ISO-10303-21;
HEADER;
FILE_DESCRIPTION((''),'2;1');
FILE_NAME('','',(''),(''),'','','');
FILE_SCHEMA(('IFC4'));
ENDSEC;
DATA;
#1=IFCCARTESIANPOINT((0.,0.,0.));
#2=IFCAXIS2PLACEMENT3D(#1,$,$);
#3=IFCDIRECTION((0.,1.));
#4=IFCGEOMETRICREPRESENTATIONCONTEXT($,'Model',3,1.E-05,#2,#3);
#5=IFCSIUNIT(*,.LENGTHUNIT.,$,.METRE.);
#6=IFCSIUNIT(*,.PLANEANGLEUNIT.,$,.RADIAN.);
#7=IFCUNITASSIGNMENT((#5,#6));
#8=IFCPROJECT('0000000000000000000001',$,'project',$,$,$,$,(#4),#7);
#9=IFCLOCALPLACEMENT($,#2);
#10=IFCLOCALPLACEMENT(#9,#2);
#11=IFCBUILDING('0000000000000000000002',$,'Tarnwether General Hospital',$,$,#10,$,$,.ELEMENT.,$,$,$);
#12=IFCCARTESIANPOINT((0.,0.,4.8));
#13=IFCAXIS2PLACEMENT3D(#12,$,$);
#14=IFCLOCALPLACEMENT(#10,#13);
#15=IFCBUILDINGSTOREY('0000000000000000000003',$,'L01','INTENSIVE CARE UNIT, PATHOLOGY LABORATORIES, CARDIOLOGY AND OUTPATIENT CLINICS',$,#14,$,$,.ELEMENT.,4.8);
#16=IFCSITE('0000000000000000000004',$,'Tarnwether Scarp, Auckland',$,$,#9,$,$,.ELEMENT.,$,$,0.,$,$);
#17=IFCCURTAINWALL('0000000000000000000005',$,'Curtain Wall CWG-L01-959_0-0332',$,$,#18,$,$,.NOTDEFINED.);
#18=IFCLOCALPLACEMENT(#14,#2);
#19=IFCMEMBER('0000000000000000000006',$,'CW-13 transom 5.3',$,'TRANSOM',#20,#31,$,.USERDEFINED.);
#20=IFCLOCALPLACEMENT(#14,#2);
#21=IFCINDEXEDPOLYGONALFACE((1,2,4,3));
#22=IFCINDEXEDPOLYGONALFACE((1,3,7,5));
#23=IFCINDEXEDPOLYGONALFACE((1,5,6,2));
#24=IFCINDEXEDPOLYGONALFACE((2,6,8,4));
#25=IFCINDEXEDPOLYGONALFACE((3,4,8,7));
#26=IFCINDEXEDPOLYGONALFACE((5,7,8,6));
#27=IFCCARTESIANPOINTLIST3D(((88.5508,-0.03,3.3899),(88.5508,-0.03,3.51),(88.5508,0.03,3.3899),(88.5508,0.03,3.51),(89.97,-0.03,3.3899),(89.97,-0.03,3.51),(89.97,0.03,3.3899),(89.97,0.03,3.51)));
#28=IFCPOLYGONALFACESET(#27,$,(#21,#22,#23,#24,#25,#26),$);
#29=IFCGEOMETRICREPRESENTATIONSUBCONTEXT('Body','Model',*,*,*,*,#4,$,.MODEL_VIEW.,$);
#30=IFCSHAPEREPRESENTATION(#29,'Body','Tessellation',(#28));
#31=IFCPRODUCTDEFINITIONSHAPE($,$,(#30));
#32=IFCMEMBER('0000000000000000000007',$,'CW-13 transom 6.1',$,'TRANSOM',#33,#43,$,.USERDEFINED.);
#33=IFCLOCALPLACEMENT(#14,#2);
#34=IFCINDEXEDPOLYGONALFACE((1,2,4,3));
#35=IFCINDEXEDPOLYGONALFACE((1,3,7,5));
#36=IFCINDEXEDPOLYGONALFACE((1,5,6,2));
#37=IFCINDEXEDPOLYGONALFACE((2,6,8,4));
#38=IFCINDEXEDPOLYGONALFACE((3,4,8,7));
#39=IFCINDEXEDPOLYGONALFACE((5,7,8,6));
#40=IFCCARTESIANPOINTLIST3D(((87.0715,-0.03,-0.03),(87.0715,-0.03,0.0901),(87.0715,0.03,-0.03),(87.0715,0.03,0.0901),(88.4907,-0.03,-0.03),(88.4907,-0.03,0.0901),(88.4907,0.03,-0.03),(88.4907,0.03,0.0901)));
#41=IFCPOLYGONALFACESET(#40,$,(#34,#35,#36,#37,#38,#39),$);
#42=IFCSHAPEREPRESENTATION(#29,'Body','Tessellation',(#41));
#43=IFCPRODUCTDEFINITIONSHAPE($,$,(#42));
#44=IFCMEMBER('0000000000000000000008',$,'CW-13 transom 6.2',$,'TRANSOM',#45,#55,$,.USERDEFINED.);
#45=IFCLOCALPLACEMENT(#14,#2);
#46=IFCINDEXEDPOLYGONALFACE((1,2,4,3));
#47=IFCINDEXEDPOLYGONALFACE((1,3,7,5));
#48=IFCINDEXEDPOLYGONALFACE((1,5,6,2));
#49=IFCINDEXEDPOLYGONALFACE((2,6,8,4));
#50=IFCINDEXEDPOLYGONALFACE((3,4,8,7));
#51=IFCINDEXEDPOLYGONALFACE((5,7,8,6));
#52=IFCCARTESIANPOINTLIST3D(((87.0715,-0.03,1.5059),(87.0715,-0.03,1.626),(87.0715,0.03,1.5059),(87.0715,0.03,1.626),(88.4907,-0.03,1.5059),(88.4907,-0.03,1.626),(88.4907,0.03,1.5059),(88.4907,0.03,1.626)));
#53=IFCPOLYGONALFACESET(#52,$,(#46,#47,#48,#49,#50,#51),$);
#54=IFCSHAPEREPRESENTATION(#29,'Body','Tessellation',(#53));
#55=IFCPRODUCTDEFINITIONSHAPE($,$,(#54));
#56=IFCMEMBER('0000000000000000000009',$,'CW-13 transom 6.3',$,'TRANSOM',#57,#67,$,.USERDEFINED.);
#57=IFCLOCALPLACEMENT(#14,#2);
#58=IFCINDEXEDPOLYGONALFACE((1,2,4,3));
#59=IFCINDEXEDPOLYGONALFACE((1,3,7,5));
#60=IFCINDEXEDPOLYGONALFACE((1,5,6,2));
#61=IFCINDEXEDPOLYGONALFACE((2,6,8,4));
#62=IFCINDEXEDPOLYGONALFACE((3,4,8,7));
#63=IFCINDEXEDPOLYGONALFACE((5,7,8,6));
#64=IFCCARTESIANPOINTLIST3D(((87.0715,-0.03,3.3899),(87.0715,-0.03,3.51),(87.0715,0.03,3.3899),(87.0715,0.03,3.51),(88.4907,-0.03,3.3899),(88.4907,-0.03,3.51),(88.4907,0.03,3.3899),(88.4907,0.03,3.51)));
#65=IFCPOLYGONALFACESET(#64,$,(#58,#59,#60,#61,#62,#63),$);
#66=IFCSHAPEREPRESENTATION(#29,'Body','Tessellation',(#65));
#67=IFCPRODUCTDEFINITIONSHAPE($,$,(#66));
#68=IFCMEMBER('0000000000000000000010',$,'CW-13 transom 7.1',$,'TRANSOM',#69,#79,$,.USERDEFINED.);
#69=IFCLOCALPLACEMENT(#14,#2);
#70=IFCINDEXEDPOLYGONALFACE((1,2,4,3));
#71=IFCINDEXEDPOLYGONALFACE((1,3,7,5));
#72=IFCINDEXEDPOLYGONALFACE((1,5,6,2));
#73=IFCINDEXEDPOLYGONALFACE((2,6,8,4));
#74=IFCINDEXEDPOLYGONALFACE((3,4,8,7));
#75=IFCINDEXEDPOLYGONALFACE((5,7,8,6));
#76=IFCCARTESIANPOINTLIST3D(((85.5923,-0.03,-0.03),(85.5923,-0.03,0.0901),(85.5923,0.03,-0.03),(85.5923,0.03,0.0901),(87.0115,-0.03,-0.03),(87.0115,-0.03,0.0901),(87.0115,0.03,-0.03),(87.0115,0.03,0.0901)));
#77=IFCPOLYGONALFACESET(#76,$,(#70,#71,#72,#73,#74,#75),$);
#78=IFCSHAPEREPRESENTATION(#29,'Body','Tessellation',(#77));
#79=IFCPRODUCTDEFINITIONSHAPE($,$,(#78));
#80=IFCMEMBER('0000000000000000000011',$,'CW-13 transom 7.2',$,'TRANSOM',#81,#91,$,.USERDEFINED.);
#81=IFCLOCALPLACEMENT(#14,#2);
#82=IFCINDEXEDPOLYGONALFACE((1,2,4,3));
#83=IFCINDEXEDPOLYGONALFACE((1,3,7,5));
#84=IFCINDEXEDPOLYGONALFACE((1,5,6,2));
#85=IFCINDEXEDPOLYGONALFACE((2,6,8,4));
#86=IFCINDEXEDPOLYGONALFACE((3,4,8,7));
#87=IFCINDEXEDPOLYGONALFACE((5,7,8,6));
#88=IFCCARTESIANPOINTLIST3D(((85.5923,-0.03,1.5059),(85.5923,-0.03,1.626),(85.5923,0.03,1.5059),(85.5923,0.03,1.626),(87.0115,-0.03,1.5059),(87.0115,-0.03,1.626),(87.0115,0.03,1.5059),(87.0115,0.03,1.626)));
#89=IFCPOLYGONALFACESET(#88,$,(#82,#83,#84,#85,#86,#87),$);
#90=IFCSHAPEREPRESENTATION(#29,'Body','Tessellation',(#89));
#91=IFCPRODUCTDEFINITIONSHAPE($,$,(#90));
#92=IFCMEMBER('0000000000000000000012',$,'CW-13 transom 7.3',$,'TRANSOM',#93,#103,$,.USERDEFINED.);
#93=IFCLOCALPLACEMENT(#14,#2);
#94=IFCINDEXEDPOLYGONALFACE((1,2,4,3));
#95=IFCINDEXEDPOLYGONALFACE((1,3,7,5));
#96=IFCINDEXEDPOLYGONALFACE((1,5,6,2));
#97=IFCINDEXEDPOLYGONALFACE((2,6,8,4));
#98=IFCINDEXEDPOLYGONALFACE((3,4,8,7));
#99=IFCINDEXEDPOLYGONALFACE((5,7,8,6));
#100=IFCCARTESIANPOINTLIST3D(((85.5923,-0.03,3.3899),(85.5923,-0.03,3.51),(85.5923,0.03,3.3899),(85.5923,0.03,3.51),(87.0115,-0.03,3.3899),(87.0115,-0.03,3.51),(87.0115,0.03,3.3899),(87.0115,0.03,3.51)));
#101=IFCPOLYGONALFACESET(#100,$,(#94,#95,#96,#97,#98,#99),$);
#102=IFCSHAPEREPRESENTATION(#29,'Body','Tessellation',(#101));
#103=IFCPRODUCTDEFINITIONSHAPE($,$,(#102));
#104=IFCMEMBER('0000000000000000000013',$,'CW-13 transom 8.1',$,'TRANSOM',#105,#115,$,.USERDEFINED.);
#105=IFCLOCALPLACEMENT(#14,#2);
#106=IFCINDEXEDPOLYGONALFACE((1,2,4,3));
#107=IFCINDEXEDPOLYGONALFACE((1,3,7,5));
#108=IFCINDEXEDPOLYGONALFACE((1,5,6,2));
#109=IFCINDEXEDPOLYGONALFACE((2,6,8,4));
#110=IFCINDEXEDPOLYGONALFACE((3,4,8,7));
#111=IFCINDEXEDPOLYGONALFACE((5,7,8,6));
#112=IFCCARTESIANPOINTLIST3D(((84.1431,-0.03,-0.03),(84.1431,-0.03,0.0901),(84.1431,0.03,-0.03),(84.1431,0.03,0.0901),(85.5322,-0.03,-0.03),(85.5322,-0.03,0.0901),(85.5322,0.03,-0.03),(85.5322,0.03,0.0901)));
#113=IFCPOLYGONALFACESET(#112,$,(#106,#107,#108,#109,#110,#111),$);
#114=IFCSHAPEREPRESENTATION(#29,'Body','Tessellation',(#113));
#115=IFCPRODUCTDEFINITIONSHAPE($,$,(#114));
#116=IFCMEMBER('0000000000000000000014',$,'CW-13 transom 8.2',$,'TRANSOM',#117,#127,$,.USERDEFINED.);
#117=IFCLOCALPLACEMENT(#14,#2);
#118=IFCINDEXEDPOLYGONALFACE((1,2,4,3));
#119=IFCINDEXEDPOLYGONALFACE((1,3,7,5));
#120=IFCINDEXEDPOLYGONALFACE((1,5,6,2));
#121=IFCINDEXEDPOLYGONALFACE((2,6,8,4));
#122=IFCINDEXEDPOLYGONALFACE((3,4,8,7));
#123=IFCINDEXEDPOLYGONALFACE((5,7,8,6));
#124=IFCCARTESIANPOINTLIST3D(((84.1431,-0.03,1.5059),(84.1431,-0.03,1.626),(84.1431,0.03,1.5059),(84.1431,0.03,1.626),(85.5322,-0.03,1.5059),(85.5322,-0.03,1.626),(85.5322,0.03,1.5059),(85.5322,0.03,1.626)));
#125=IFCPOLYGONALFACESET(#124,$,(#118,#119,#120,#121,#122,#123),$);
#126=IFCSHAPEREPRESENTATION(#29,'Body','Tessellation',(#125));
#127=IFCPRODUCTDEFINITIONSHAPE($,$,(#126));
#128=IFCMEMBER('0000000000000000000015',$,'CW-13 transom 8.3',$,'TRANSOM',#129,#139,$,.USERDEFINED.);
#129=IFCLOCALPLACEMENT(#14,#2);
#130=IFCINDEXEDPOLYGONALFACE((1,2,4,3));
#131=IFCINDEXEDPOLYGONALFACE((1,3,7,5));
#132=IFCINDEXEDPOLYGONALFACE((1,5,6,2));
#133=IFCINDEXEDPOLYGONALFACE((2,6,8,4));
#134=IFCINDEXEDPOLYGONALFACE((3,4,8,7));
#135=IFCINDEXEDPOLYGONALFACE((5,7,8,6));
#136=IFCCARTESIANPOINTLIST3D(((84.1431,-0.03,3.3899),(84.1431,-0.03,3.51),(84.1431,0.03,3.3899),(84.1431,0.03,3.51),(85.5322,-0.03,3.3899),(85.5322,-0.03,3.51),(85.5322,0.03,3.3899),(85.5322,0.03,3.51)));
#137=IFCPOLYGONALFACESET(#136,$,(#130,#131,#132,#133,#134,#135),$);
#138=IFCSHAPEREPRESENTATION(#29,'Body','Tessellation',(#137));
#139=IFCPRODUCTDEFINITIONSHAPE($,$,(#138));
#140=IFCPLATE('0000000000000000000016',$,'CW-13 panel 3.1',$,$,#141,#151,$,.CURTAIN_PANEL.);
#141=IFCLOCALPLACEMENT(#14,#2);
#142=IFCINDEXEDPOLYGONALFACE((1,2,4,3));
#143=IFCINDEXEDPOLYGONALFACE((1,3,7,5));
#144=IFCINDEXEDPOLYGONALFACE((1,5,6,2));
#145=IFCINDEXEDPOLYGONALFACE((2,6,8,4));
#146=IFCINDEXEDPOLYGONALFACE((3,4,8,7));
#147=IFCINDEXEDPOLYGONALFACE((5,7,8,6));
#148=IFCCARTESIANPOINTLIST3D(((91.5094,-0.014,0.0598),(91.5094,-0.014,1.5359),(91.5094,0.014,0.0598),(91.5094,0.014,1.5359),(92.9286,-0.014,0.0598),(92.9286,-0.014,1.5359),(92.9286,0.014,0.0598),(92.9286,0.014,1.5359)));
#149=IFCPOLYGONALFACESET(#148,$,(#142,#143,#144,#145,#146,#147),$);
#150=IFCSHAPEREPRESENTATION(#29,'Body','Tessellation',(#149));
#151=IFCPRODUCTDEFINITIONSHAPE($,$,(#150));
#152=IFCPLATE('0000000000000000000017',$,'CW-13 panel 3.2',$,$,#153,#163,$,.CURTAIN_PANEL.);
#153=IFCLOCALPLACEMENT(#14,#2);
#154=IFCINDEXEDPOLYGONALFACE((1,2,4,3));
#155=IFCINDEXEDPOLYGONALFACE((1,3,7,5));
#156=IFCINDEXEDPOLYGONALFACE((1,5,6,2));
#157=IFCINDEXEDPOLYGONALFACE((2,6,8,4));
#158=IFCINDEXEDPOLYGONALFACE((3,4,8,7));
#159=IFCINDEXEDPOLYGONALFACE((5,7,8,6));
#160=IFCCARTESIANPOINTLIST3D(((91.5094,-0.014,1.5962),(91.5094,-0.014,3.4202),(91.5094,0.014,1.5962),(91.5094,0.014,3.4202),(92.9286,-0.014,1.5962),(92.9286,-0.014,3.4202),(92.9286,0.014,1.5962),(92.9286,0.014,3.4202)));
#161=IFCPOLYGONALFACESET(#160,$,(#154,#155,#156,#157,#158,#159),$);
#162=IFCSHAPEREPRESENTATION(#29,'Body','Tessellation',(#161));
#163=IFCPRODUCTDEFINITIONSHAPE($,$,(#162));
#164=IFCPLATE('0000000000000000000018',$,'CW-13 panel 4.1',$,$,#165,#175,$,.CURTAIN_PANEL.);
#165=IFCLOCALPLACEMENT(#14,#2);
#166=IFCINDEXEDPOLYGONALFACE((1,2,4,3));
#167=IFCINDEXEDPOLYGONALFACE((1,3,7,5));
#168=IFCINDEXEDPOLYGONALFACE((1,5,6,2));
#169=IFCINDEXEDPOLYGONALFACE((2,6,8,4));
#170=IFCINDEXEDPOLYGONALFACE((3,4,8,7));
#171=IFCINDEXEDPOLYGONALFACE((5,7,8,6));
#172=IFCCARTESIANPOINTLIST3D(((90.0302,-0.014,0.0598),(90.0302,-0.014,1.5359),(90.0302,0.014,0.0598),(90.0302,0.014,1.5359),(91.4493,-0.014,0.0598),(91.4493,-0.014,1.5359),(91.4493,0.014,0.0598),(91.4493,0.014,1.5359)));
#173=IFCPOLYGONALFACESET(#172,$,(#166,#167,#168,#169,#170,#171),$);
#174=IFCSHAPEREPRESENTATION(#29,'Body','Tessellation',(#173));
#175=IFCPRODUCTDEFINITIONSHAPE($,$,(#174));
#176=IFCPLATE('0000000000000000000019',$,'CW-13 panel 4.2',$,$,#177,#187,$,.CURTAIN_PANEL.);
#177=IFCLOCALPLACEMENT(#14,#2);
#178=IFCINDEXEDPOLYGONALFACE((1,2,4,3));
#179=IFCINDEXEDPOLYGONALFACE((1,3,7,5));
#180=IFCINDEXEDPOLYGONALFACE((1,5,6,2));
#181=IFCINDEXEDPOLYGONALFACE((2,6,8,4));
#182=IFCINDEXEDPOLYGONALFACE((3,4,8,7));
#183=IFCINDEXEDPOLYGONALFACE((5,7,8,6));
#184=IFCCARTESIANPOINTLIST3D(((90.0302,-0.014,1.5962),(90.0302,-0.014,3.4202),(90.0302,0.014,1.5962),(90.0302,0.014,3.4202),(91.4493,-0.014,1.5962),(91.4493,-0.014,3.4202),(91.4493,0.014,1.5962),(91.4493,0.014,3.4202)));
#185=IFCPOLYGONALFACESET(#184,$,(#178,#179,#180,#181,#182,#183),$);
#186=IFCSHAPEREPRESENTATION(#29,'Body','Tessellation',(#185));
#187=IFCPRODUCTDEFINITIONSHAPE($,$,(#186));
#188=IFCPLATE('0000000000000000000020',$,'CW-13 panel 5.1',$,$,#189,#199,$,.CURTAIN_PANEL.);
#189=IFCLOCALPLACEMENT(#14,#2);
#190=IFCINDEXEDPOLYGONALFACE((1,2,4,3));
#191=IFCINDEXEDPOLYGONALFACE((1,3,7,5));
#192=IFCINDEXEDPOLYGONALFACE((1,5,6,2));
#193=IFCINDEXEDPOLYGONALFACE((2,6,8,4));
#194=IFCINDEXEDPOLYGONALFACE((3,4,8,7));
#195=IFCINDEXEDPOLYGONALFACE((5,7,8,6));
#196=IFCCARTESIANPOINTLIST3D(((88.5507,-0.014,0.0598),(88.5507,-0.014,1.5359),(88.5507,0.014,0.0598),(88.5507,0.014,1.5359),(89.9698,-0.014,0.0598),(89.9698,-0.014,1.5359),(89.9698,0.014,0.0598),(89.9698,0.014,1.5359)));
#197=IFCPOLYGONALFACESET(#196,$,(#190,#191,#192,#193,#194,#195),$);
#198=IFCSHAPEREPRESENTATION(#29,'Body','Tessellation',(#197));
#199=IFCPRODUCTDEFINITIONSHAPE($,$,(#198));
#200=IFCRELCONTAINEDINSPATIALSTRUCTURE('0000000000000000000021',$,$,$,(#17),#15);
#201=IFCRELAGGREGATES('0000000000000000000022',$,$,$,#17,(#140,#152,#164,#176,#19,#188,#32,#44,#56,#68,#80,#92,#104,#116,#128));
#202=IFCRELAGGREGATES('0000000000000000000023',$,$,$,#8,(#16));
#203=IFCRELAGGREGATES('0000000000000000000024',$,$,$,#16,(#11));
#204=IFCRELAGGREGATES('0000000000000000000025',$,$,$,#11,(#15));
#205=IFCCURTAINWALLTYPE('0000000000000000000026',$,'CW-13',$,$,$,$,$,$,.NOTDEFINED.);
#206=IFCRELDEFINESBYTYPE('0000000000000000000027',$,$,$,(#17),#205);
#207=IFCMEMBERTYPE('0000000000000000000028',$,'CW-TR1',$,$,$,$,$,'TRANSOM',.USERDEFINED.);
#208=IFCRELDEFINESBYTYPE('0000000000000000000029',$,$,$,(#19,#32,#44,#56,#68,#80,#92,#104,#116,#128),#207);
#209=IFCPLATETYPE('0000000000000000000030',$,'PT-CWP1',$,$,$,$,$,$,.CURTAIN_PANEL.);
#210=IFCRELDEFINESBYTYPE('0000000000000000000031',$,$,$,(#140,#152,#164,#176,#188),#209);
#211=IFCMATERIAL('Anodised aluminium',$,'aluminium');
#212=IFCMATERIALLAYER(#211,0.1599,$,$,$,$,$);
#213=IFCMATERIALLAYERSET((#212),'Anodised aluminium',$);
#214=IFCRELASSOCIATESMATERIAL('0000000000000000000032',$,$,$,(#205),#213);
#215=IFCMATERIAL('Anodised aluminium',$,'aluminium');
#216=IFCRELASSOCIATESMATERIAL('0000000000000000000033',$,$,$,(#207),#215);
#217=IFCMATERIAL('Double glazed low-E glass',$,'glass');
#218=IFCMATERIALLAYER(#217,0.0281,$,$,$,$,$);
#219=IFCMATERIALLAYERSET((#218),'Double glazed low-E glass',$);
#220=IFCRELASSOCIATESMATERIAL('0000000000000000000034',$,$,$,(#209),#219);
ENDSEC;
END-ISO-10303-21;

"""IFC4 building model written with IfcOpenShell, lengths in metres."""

from ifc_helpers import new_model, si_unit, direction, frame, origin, origin_2d, place, context, subcontext, project, spatial, rectangle, extrude, material, layer, layer_set, material_profile, profile_set, type_object, element, aggregate, save


model = new_model("IFC4")

# Units and contexts
model_context = context("Model", 3, precision=1e-05, world=origin(), true_north=direction((0.0, 1.0)))
body_context = subcontext(model_context, "Body", "Model", "MODEL_VIEW")
ifc_project = project(units=[si_unit("LENGTHUNIT", "METRE"), si_unit("PLANEANGLEUNIT", "RADIAN")], contexts=[model_context])

# Site, building, storey
site_placement = place(None, origin())
site = spatial("IfcSite", under=ifc_project, at=site_placement, Name="Tarnwether Scarp, Auckland", CompositionType="ELEMENT", RefElevation=0.0)
building_placement = place(site_placement, origin())
building = spatial("IfcBuilding", under=site, at=building_placement, Name="Tarnwether General Hospital", CompositionType="ELEMENT")
storey_placement = place(building_placement, frame((0.0, 0.0, 4.8)))
storey = spatial("IfcBuildingStorey", under=building, at=storey_placement, Name="L01", Description="INTENSIVE CARE UNIT, PATHOLOGY LABORATORIES, CARDIOLOGY AND OUTPATIENT CLINICS", CompositionType="ELEMENT", Elevation=4.8)

# Curtain wall, members, plates
ifc_material_1 = material(Name="Anodised aluminium", Category="aluminium")
ifc_layer_1 = layer(ifc_material_1, 0.1599)
ifc_layer_set_1 = layer_set([ifc_layer_1], Name="Anodised aluminium")
curtain_wall_type = type_object("IfcCurtainWallType", Name="CW-13", PredefinedType="NOTDEFINED", material=ifc_layer_set_1)
curtain_wall_placement = place(storey_placement, origin())
curtain_wall = element("IfcCurtainWall", 1, at=curtain_wall_placement, inside=storey, type_object=curtain_wall_type, Name="Curtain Wall CWG-L01-959_0-0332", PredefinedType="NOTDEFINED")
ifc_material_2 = material(Name="Anodised aluminium", Category="aluminium")
ifc_material_profile_1 = material_profile(ifc_material_2, rectangle(XDim=0.0601, YDim=0.1201, at=origin_2d()), Name="ALU-TRN-60x120")
ifc_profile_set_1 = profile_set([ifc_material_profile_1], Name="Anodised aluminium")
member_type_1 = type_object("IfcMemberType", Name="CW-TR1", ElementType="TRANSOM", PredefinedType="USERDEFINED", material=ifc_profile_set_1)
member_1_placement = place(storey_placement, frame((89.97, 0.0, 3.45), z_axis=(-1.0, 0.0, 0.0), x_axis=(0.0, -1.0, 0.0)))
member_1 = element("IfcMember", 2, at=member_1_placement, type_object=member_type_1, Name="CW-13 transom 5.3", ObjectType="TRANSOM", PredefinedType="USERDEFINED", context=body_context, shape_type="SweptSolid", body=[
    extrude(rectangle(XDim=0.0601, YDim=0.1201, at=origin_2d()), origin(), (0.0, 0.0, 1.0), 1.4192),
])
member_2_placement = place(storey_placement, frame((88.4907, 0.0, 0.03), z_axis=(-1.0, 0.0, 0.0), x_axis=(0.0, -1.0, 0.0)))
member_2 = element("IfcMember", 3, at=member_2_placement, type_object=member_type_1, Name="CW-13 transom 6.1", ObjectType="TRANSOM", PredefinedType="USERDEFINED", context=body_context, shape_type="SweptSolid", body=[
    extrude(rectangle(XDim=0.0601, YDim=0.1201, at=origin_2d()), origin(), (0.0, 0.0, 1.0), 1.4192),
])
member_3_placement = place(storey_placement, frame((88.4907, 0.0, 1.5659), z_axis=(-1.0, 0.0, 0.0), x_axis=(0.0, -1.0, 0.0)))
member_3 = element("IfcMember", 4, at=member_3_placement, type_object=member_type_1, Name="CW-13 transom 6.2", ObjectType="TRANSOM", PredefinedType="USERDEFINED", context=body_context, shape_type="SweptSolid", body=[
    extrude(rectangle(XDim=0.0601, YDim=0.1201, at=origin_2d()), origin(), (0.0, 0.0, 1.0), 1.4192),
])
member_4_placement = place(storey_placement, frame((88.4907, 0.0, 3.45), z_axis=(-1.0, 0.0, 0.0), x_axis=(0.0, -1.0, 0.0)))
member_4 = element("IfcMember", 5, at=member_4_placement, type_object=member_type_1, Name="CW-13 transom 6.3", ObjectType="TRANSOM", PredefinedType="USERDEFINED", context=body_context, shape_type="SweptSolid", body=[
    extrude(rectangle(XDim=0.0601, YDim=0.1201, at=origin_2d()), origin(), (0.0, 0.0, 1.0), 1.4192),
])
member_5_placement = place(storey_placement, frame((87.0115, 0.0, 0.03), z_axis=(-1.0, 0.0, 0.0), x_axis=(0.0, -1.0, 0.0)))
member_5 = element("IfcMember", 6, at=member_5_placement, type_object=member_type_1, Name="CW-13 transom 7.1", ObjectType="TRANSOM", PredefinedType="USERDEFINED", context=body_context, shape_type="SweptSolid", body=[
    extrude(rectangle(XDim=0.0601, YDim=0.1201, at=origin_2d()), origin(), (0.0, 0.0, 1.0), 1.4192),
])
member_6_placement = place(storey_placement, frame((87.0115, 0.0, 1.5659), z_axis=(-1.0, 0.0, 0.0), x_axis=(0.0, -1.0, 0.0)))
member_6 = element("IfcMember", 7, at=member_6_placement, type_object=member_type_1, Name="CW-13 transom 7.2", ObjectType="TRANSOM", PredefinedType="USERDEFINED", context=body_context, shape_type="SweptSolid", body=[
    extrude(rectangle(XDim=0.0601, YDim=0.1201, at=origin_2d()), origin(), (0.0, 0.0, 1.0), 1.4192),
])
member_7_placement = place(storey_placement, frame((87.0115, 0.0, 3.45), z_axis=(-1.0, 0.0, 0.0), x_axis=(0.0, -1.0, 0.0)))
member_7 = element("IfcMember", 8, at=member_7_placement, type_object=member_type_1, Name="CW-13 transom 7.3", ObjectType="TRANSOM", PredefinedType="USERDEFINED", context=body_context, shape_type="SweptSolid", body=[
    extrude(rectangle(XDim=0.0601, YDim=0.1201, at=origin_2d()), origin(), (0.0, 0.0, 1.0), 1.4192),
])
member_8_placement = place(storey_placement, frame((85.5322, 0.0, 0.03), z_axis=(-1.0, 0.0, 0.0), x_axis=(0.0, -1.0, 0.0)))
member_8 = element("IfcMember", 9, at=member_8_placement, type_object=member_type_1, Name="CW-13 transom 8.1", ObjectType="TRANSOM", PredefinedType="USERDEFINED", context=body_context, shape_type="SweptSolid", body=[
    extrude(rectangle(XDim=0.0601, YDim=0.1201, at=origin_2d()), origin(), (0.0, 0.0, 1.0), 1.3892),
])
member_9_placement = place(storey_placement, frame((85.5322, 0.0, 1.5659), z_axis=(-1.0, 0.0, 0.0), x_axis=(0.0, -1.0, 0.0)))
member_9 = element("IfcMember", 10, at=member_9_placement, type_object=member_type_1, Name="CW-13 transom 8.2", ObjectType="TRANSOM", PredefinedType="USERDEFINED", context=body_context, shape_type="SweptSolid", body=[
    extrude(rectangle(XDim=0.0601, YDim=0.1201, at=origin_2d()), origin(), (0.0, 0.0, 1.0), 1.3892),
])
member_10_placement = place(storey_placement, frame((85.5322, 0.0, 3.45), z_axis=(-1.0, 0.0, 0.0), x_axis=(0.0, -1.0, 0.0)))
member_10 = element("IfcMember", 11, at=member_10_placement, type_object=member_type_1, Name="CW-13 transom 8.3", ObjectType="TRANSOM", PredefinedType="USERDEFINED", context=body_context, shape_type="SweptSolid", body=[
    extrude(rectangle(XDim=0.0601, YDim=0.1201, at=origin_2d()), origin(), (0.0, 0.0, 1.0), 1.3892),
])
ifc_material_3 = material(Name="Double glazed low-E glass", Category="glass")
ifc_layer_2 = layer(ifc_material_3, 0.0281)
ifc_layer_set_2 = layer_set([ifc_layer_2], Name="Double glazed low-E glass")
plate_type_1 = type_object("IfcPlateType", Name="PT-CWP1", PredefinedType="CURTAIN_PANEL", material=ifc_layer_set_2)
plate_1_placement = place(storey_placement, frame((92.219, 0.0, 0.0598), z_axis=(0.0, 0.0, 1.0), x_axis=(-1.0, 0.0, 0.0)))
plate_1 = element("IfcPlate", 12, at=plate_1_placement, type_object=plate_type_1, Name="CW-13 panel 3.1", PredefinedType="CURTAIN_PANEL", context=body_context, shape_type="SweptSolid", body=[
    extrude(rectangle(XDim=1.4192, YDim=0.0281, at=origin_2d()), origin(), (0.0, 0.0, 1.0), 1.4761),
])
plate_2_placement = place(storey_placement, frame((92.219, 0.0, 1.5962), z_axis=(0.0, 0.0, 1.0), x_axis=(-1.0, 0.0, 0.0)))
plate_2 = element("IfcPlate", 13, at=plate_2_placement, type_object=plate_type_1, Name="CW-13 panel 3.2", PredefinedType="CURTAIN_PANEL", context=body_context, shape_type="SweptSolid", body=[
    extrude(rectangle(XDim=1.4192, YDim=0.0281, at=origin_2d()), origin(), (0.0, 0.0, 1.0), 1.824),
])
plate_3_placement = place(storey_placement, frame((90.7397, 0.0, 0.0598), z_axis=(0.0, 0.0, 1.0), x_axis=(-1.0, 0.0, 0.0)))
plate_3 = element("IfcPlate", 14, at=plate_3_placement, type_object=plate_type_1, Name="CW-13 panel 4.1", PredefinedType="CURTAIN_PANEL", context=body_context, shape_type="SweptSolid", body=[
    extrude(rectangle(XDim=1.4192, YDim=0.0281, at=origin_2d()), origin(), (0.0, 0.0, 1.0), 1.4761),
])
plate_4_placement = place(storey_placement, frame((90.7397, 0.0, 1.5962), z_axis=(0.0, 0.0, 1.0), x_axis=(-1.0, 0.0, 0.0)))
plate_4 = element("IfcPlate", 15, at=plate_4_placement, type_object=plate_type_1, Name="CW-13 panel 4.2", PredefinedType="CURTAIN_PANEL", context=body_context, shape_type="SweptSolid", body=[
    extrude(rectangle(XDim=1.4192, YDim=0.0281, at=origin_2d()), origin(), (0.0, 0.0, 1.0), 1.824),
])
plate_5_placement = place(storey_placement, frame((89.2603, 0.0, 0.0598), z_axis=(0.0, 0.0, 1.0), x_axis=(-1.0, 0.0, 0.0)))
plate_5 = element("IfcPlate", 16, at=plate_5_placement, type_object=plate_type_1, Name="CW-13 panel 5.1", PredefinedType="CURTAIN_PANEL", context=body_context, shape_type="SweptSolid", body=[
    extrude(rectangle(XDim=1.4192, YDim=0.0281, at=origin_2d()), origin(), (0.0, 0.0, 1.0), 1.4761),
])
aggregate(curtain_wall, [plate_1, plate_2, plate_3, plate_4, member_1, plate_5, member_2, member_3, member_4, member_5, member_6, member_7, member_8, member_9, member_10])

save(model, "model.ifc")
